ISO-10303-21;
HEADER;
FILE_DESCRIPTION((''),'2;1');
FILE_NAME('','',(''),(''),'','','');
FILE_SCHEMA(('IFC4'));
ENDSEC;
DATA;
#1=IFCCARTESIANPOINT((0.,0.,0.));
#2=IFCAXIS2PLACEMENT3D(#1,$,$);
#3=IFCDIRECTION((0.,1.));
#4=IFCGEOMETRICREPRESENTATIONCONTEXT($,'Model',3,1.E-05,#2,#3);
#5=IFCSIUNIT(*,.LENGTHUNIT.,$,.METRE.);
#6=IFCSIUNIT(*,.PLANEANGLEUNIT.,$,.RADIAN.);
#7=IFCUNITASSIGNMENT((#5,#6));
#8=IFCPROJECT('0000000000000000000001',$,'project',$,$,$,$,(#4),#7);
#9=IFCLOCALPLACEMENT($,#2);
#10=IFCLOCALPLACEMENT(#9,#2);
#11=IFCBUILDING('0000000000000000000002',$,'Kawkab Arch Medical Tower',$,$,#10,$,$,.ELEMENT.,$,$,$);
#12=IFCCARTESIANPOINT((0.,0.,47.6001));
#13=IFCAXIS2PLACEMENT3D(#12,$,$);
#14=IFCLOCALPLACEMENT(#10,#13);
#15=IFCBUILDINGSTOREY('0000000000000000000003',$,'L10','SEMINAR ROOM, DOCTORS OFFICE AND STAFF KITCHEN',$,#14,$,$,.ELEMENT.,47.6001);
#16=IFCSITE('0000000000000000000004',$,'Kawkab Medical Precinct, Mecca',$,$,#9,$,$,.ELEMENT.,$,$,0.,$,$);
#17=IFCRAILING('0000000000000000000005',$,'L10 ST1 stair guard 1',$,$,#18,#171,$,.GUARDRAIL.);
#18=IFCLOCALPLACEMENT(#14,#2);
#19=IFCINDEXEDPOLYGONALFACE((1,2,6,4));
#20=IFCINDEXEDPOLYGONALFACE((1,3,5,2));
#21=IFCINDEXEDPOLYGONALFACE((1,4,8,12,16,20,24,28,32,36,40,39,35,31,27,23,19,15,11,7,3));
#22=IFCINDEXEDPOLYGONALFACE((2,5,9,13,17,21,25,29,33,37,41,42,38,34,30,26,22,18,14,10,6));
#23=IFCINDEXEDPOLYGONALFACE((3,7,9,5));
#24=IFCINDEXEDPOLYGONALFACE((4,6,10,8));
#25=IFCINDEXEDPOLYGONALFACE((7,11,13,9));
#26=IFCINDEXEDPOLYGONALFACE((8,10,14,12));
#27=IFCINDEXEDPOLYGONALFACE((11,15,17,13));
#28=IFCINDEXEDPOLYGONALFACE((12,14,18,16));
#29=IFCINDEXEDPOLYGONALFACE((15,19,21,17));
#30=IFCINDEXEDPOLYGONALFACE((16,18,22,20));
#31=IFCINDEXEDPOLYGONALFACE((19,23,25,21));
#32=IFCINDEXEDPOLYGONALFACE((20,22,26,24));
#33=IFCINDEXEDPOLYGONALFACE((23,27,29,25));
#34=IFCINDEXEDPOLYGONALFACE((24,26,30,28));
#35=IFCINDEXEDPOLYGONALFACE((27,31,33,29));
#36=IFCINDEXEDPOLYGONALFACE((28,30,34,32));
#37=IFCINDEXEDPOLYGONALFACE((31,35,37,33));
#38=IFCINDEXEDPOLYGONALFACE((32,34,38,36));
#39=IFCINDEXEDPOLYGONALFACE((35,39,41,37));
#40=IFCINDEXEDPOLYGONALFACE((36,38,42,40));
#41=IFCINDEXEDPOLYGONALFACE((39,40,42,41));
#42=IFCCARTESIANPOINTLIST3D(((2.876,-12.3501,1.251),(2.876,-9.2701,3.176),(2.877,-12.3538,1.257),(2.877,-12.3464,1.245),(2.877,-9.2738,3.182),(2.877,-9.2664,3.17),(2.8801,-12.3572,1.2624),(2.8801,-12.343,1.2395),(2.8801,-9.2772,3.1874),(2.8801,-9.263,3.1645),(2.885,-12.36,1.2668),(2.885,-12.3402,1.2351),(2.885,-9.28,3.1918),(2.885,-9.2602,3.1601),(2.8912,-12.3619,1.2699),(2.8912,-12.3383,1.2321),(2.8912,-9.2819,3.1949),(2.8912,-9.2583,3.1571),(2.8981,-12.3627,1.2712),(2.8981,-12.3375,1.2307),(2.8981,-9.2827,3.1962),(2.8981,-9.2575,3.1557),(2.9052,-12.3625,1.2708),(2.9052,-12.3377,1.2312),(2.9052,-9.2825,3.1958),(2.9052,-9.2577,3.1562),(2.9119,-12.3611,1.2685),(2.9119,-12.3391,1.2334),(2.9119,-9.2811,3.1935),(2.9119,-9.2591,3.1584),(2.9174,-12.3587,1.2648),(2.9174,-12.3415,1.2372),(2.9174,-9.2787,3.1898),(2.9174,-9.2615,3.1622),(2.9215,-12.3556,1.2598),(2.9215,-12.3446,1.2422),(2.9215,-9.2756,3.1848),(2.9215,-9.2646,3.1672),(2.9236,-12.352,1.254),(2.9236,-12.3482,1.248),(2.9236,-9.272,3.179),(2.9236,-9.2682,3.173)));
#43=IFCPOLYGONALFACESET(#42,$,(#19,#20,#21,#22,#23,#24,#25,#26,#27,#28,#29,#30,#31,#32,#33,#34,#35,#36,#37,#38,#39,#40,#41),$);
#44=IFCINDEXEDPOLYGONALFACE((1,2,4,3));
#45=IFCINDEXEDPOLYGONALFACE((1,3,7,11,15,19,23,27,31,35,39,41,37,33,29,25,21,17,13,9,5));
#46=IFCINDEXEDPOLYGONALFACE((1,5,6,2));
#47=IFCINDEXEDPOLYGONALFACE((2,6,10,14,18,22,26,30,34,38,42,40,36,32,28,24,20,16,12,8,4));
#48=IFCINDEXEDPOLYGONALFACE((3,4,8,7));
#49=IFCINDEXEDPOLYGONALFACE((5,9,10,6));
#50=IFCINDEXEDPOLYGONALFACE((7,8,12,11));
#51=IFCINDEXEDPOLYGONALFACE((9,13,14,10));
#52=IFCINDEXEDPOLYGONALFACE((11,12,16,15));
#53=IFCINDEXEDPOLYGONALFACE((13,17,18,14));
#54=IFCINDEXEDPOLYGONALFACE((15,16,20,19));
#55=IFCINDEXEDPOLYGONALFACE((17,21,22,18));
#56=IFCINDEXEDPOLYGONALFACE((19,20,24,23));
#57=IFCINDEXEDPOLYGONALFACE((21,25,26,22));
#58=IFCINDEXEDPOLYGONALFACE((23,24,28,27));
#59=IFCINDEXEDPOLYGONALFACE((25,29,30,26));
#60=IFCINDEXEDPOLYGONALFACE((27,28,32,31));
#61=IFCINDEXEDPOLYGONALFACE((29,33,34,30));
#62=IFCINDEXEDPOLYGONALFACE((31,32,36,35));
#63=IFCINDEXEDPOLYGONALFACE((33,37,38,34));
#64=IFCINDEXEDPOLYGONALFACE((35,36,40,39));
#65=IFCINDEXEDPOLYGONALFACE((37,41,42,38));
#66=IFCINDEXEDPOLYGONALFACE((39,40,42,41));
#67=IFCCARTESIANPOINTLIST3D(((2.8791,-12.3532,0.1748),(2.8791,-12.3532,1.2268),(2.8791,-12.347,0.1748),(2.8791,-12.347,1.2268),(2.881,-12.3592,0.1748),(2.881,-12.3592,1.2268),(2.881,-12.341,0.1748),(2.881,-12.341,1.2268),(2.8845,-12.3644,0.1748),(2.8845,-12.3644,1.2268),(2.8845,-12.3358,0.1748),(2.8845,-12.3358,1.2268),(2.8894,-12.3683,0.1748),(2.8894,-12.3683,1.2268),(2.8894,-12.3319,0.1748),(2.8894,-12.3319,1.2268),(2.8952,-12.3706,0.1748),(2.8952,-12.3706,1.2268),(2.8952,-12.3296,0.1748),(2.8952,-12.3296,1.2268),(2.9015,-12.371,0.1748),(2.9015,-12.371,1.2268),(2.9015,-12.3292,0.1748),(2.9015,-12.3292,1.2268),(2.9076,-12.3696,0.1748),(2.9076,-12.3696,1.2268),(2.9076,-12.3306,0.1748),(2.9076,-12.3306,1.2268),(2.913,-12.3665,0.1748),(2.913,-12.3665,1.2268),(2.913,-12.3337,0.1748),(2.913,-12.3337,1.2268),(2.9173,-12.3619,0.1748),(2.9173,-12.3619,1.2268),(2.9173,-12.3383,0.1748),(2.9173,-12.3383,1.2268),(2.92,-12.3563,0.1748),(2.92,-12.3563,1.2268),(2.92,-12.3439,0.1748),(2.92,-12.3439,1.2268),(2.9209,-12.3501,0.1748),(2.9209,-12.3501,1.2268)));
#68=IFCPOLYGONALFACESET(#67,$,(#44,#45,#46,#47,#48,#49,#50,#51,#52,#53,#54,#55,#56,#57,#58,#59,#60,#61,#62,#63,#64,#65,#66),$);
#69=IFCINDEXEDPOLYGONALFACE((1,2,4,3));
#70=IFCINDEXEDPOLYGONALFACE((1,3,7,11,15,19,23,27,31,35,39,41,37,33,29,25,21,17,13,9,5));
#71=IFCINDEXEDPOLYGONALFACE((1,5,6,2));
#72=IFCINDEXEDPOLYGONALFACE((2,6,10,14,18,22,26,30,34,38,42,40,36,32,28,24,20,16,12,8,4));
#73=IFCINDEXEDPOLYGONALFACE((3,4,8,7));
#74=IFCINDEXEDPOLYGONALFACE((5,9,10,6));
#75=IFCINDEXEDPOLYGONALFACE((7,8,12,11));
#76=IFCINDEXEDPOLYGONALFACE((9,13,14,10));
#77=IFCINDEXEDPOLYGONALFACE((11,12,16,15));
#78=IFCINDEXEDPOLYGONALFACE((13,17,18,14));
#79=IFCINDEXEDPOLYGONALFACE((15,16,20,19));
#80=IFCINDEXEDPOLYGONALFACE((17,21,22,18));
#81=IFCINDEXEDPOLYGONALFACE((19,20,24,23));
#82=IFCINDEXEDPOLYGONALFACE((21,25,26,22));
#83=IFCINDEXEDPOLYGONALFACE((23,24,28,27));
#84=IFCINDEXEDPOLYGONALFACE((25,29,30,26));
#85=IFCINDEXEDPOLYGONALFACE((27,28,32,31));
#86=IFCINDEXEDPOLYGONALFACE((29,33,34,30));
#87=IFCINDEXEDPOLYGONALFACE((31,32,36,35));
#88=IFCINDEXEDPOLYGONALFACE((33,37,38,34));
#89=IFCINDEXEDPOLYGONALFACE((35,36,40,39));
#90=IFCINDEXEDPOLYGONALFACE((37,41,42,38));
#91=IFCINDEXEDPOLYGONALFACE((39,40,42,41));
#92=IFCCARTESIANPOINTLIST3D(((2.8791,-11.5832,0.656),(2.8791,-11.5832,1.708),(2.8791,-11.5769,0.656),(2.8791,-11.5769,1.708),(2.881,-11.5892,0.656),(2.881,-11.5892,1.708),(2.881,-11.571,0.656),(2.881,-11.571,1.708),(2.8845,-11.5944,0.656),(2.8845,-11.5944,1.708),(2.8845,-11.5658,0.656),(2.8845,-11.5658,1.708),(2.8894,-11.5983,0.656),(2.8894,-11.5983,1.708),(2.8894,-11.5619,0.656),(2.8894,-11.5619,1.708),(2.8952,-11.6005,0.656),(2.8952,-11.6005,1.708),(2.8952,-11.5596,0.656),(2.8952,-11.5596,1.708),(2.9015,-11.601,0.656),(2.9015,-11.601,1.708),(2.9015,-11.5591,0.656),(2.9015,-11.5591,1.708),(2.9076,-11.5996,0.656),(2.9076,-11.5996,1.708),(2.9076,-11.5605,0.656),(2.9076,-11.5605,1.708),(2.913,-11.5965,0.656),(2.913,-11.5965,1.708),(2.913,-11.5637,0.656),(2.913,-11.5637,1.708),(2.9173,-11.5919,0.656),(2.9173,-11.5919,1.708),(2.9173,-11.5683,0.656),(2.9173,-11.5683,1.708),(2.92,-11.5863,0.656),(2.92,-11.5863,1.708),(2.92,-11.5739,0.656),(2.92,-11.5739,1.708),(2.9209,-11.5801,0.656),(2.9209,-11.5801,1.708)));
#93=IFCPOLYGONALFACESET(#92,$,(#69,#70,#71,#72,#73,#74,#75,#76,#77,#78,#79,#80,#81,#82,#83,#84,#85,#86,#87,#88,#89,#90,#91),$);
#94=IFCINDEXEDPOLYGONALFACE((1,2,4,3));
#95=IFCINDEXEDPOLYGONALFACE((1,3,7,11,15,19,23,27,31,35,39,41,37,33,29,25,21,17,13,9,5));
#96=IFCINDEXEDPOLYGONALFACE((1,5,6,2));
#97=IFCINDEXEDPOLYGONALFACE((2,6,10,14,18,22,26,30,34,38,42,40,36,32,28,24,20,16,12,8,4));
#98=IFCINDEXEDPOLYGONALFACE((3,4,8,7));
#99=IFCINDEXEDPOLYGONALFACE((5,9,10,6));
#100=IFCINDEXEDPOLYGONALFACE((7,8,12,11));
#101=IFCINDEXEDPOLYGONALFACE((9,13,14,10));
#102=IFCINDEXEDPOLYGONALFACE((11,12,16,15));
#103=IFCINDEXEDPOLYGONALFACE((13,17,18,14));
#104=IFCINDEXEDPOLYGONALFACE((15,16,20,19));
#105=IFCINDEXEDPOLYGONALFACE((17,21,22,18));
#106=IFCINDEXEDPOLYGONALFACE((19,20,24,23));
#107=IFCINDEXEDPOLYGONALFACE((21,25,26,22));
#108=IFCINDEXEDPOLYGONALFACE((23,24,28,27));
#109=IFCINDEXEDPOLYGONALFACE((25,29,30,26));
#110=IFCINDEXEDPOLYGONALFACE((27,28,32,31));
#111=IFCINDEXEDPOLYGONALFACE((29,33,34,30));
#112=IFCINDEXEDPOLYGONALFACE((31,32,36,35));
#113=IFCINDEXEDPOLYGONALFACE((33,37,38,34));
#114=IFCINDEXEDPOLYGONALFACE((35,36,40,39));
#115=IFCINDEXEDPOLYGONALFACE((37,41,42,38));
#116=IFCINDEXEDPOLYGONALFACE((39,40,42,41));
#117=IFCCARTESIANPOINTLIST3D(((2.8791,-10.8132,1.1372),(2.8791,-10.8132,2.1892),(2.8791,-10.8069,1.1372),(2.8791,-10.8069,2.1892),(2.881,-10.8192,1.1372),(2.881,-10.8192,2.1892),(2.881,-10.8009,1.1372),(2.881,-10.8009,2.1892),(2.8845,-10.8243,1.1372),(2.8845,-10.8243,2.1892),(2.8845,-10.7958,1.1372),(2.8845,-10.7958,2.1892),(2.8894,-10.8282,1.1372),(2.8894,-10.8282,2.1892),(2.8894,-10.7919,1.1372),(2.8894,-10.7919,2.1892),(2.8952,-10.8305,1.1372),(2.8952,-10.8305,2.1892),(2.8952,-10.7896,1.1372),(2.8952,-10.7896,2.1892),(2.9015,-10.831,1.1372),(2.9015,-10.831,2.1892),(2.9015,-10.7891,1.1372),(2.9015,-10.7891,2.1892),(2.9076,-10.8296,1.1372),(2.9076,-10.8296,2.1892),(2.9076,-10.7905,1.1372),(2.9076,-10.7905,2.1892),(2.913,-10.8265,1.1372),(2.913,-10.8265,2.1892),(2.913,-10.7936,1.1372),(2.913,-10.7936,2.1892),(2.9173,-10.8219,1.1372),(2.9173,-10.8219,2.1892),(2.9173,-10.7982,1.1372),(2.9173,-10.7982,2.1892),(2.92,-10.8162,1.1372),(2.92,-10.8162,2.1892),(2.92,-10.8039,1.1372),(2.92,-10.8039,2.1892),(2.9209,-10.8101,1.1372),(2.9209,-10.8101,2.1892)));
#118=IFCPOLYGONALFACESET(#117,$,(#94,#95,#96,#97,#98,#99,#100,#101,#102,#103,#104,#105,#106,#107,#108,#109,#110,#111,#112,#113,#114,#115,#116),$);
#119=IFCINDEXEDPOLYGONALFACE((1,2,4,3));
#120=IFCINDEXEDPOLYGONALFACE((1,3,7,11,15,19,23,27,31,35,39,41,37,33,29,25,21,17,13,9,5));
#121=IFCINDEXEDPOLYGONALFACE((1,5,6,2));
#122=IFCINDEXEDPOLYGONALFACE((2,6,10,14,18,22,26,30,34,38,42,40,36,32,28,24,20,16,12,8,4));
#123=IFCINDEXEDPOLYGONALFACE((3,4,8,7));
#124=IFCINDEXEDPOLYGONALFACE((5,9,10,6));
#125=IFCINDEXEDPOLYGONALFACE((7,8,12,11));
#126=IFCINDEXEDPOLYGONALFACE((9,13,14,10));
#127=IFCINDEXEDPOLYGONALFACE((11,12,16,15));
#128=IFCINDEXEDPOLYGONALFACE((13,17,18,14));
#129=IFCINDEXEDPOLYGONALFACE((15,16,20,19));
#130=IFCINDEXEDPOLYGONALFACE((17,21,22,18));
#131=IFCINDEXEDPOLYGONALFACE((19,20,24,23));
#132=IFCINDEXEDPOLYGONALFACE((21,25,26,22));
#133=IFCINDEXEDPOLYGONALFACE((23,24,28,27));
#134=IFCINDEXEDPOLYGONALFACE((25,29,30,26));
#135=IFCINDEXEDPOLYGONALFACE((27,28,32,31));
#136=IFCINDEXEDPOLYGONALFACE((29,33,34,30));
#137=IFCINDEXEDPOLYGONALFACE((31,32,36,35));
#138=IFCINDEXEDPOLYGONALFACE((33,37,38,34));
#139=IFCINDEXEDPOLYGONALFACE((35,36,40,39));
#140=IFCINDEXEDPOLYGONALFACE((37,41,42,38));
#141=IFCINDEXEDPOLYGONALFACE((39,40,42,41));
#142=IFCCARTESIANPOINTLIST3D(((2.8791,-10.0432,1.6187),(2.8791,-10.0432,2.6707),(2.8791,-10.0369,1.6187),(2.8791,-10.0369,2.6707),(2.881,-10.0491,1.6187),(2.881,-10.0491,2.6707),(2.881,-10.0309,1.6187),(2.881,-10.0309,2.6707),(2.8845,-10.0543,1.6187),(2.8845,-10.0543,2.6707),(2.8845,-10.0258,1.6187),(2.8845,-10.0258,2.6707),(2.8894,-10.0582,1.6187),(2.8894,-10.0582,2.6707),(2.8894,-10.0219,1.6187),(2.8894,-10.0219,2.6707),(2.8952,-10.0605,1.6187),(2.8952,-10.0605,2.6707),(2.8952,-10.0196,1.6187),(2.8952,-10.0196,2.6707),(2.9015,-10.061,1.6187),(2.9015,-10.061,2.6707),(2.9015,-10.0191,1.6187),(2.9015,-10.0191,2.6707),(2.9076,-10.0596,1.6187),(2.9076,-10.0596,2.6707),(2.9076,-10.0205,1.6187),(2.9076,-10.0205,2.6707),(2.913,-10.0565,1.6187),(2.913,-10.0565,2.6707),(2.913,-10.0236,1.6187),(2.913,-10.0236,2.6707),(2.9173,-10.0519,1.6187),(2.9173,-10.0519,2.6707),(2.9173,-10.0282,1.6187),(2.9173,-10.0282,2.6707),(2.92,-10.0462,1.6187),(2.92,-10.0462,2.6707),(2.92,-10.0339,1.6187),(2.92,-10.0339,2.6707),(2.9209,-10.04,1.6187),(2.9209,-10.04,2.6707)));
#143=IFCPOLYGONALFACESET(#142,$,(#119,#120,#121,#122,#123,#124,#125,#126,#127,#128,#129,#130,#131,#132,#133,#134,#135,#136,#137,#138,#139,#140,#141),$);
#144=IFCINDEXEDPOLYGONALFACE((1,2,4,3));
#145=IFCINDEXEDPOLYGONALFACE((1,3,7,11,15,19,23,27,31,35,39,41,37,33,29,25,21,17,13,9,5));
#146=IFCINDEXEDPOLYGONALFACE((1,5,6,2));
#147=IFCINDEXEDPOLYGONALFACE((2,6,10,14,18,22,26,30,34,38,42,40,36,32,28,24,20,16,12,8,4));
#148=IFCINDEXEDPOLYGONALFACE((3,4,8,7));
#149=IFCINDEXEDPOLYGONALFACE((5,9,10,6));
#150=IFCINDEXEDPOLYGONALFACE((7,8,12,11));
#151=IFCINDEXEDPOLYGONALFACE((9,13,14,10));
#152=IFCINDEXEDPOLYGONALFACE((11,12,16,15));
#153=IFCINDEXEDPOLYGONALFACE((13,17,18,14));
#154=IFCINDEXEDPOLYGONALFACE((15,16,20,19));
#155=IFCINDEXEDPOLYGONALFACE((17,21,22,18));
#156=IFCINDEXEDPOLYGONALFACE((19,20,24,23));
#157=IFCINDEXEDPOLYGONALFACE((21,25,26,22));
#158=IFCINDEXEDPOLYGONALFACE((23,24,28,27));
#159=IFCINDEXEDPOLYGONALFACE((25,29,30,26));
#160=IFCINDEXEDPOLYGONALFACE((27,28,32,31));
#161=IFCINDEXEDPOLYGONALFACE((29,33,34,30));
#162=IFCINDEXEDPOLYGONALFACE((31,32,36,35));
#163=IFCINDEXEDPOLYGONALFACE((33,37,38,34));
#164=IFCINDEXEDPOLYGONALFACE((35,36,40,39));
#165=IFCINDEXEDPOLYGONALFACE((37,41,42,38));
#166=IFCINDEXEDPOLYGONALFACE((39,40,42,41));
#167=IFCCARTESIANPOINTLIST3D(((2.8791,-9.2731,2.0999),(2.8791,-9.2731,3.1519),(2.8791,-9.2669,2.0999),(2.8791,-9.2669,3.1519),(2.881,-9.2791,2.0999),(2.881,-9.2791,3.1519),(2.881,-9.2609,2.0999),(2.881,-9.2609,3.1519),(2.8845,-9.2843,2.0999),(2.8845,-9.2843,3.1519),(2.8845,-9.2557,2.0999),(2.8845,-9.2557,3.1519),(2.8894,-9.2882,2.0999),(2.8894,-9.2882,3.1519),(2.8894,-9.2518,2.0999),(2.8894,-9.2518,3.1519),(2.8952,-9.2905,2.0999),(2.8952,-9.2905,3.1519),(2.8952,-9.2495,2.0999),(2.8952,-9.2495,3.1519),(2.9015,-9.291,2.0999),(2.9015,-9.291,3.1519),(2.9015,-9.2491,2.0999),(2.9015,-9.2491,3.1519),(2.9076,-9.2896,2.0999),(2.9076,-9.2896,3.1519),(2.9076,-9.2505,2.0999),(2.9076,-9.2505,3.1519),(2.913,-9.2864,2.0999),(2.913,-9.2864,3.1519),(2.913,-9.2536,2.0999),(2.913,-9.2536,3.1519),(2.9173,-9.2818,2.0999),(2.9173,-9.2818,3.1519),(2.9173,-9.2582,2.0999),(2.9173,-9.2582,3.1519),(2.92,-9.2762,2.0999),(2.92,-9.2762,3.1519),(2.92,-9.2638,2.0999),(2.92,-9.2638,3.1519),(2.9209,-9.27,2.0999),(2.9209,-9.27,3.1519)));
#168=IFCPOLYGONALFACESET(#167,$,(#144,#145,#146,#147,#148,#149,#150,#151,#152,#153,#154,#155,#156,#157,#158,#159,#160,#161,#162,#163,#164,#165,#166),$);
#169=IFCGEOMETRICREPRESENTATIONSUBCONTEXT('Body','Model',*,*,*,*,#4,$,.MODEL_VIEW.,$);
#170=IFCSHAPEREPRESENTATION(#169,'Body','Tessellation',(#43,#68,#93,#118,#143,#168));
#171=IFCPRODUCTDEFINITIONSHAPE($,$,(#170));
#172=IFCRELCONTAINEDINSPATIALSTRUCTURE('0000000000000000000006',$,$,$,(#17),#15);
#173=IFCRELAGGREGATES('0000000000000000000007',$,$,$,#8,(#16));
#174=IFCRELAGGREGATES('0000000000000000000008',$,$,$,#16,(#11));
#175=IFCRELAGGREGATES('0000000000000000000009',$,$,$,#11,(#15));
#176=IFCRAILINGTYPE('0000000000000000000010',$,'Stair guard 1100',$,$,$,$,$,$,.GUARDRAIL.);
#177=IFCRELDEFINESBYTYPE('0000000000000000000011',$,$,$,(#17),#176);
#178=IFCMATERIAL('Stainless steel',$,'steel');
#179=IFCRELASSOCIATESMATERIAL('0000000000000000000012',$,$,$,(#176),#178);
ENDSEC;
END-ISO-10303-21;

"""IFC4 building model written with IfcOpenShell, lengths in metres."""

from ifc_helpers import new_model, si_unit, direction, frame, origin, origin_2d, place, context, subcontext, project, spatial, circle, extrude, material, type_object, element, save


model = new_model("IFC4")

# Units and contexts
model_context = context("Model", 3, precision=1e-05, world=origin(), true_north=direction((0.0, 1.0)))
body_context = subcontext(model_context, "Body", "Model", "MODEL_VIEW")
ifc_project = project(units=[si_unit("LENGTHUNIT", "METRE"), si_unit("PLANEANGLEUNIT", "RADIAN")], contexts=[model_context])

# Site, building, storey
site_placement = place(None, origin())
site = spatial("IfcSite", under=ifc_project, at=site_placement, Name="Kawkab Medical Precinct, Mecca", CompositionType="ELEMENT", RefElevation=0.0)
building_placement = place(site_placement, origin())
building = spatial("IfcBuilding", under=site, at=building_placement, Name="Kawkab Arch Medical Tower", CompositionType="ELEMENT")
storey_placement = place(building_placement, frame((0.0, 0.0, 47.6001)))
storey = spatial("IfcBuildingStorey", under=building, at=storey_placement, Name="L10", Description="SEMINAR ROOM, DOCTORS OFFICE AND STAFF KITCHEN", CompositionType="ELEMENT", Elevation=47.6001)

# Railing
ifc_material_1 = material(Name="Stainless steel", Category="steel")
railing_type_1 = type_object("IfcRailingType", Name="Stair guard 1100", PredefinedType="GUARDRAIL", material=ifc_material_1)
railing_1_placement = place(storey_placement, frame((2.8999, -12.3501, 0.1748)))
element("IfcRailing", 1, at=railing_1_placement, inside=storey, type_object=railing_type_1, Name="L10 ST1 stair guard 1", PredefinedType="GUARDRAIL", context=body_context, shape_type="SweptSolid", body=[
    extrude(circle(Radius=0.0239, at=origin_2d()), frame((0.0, 0.0, 1.0762), z_axis=(0.0, 0.847998, 0.529999), x_axis=(-1.0, 0.0, 0.0)), (0.0, 0.0, 1.0), 3.6321),
    extrude(circle(Radius=0.021, at=origin_2d()), origin(), (0.0, 0.0, 1.0), 1.052),
    extrude(circle(Radius=0.021, at=origin_2d()), frame((0.0, 0.77, 0.4812)), (0.0, 0.0, 1.0), 1.052),
    extrude(circle(Radius=0.021, at=origin_2d()), frame((0.0, 1.54, 0.9624)), (0.0, 0.0, 1.0), 1.052),
    extrude(circle(Radius=0.021, at=origin_2d()), frame((0.0, 2.3101, 1.4438)), (0.0, 0.0, 1.0), 1.052),
    extrude(circle(Radius=0.021, at=origin_2d()), frame((0.0, 3.0801, 1.925)), (0.0, 0.0, 1.0), 1.052),
])

save(model, "model.ifc")
